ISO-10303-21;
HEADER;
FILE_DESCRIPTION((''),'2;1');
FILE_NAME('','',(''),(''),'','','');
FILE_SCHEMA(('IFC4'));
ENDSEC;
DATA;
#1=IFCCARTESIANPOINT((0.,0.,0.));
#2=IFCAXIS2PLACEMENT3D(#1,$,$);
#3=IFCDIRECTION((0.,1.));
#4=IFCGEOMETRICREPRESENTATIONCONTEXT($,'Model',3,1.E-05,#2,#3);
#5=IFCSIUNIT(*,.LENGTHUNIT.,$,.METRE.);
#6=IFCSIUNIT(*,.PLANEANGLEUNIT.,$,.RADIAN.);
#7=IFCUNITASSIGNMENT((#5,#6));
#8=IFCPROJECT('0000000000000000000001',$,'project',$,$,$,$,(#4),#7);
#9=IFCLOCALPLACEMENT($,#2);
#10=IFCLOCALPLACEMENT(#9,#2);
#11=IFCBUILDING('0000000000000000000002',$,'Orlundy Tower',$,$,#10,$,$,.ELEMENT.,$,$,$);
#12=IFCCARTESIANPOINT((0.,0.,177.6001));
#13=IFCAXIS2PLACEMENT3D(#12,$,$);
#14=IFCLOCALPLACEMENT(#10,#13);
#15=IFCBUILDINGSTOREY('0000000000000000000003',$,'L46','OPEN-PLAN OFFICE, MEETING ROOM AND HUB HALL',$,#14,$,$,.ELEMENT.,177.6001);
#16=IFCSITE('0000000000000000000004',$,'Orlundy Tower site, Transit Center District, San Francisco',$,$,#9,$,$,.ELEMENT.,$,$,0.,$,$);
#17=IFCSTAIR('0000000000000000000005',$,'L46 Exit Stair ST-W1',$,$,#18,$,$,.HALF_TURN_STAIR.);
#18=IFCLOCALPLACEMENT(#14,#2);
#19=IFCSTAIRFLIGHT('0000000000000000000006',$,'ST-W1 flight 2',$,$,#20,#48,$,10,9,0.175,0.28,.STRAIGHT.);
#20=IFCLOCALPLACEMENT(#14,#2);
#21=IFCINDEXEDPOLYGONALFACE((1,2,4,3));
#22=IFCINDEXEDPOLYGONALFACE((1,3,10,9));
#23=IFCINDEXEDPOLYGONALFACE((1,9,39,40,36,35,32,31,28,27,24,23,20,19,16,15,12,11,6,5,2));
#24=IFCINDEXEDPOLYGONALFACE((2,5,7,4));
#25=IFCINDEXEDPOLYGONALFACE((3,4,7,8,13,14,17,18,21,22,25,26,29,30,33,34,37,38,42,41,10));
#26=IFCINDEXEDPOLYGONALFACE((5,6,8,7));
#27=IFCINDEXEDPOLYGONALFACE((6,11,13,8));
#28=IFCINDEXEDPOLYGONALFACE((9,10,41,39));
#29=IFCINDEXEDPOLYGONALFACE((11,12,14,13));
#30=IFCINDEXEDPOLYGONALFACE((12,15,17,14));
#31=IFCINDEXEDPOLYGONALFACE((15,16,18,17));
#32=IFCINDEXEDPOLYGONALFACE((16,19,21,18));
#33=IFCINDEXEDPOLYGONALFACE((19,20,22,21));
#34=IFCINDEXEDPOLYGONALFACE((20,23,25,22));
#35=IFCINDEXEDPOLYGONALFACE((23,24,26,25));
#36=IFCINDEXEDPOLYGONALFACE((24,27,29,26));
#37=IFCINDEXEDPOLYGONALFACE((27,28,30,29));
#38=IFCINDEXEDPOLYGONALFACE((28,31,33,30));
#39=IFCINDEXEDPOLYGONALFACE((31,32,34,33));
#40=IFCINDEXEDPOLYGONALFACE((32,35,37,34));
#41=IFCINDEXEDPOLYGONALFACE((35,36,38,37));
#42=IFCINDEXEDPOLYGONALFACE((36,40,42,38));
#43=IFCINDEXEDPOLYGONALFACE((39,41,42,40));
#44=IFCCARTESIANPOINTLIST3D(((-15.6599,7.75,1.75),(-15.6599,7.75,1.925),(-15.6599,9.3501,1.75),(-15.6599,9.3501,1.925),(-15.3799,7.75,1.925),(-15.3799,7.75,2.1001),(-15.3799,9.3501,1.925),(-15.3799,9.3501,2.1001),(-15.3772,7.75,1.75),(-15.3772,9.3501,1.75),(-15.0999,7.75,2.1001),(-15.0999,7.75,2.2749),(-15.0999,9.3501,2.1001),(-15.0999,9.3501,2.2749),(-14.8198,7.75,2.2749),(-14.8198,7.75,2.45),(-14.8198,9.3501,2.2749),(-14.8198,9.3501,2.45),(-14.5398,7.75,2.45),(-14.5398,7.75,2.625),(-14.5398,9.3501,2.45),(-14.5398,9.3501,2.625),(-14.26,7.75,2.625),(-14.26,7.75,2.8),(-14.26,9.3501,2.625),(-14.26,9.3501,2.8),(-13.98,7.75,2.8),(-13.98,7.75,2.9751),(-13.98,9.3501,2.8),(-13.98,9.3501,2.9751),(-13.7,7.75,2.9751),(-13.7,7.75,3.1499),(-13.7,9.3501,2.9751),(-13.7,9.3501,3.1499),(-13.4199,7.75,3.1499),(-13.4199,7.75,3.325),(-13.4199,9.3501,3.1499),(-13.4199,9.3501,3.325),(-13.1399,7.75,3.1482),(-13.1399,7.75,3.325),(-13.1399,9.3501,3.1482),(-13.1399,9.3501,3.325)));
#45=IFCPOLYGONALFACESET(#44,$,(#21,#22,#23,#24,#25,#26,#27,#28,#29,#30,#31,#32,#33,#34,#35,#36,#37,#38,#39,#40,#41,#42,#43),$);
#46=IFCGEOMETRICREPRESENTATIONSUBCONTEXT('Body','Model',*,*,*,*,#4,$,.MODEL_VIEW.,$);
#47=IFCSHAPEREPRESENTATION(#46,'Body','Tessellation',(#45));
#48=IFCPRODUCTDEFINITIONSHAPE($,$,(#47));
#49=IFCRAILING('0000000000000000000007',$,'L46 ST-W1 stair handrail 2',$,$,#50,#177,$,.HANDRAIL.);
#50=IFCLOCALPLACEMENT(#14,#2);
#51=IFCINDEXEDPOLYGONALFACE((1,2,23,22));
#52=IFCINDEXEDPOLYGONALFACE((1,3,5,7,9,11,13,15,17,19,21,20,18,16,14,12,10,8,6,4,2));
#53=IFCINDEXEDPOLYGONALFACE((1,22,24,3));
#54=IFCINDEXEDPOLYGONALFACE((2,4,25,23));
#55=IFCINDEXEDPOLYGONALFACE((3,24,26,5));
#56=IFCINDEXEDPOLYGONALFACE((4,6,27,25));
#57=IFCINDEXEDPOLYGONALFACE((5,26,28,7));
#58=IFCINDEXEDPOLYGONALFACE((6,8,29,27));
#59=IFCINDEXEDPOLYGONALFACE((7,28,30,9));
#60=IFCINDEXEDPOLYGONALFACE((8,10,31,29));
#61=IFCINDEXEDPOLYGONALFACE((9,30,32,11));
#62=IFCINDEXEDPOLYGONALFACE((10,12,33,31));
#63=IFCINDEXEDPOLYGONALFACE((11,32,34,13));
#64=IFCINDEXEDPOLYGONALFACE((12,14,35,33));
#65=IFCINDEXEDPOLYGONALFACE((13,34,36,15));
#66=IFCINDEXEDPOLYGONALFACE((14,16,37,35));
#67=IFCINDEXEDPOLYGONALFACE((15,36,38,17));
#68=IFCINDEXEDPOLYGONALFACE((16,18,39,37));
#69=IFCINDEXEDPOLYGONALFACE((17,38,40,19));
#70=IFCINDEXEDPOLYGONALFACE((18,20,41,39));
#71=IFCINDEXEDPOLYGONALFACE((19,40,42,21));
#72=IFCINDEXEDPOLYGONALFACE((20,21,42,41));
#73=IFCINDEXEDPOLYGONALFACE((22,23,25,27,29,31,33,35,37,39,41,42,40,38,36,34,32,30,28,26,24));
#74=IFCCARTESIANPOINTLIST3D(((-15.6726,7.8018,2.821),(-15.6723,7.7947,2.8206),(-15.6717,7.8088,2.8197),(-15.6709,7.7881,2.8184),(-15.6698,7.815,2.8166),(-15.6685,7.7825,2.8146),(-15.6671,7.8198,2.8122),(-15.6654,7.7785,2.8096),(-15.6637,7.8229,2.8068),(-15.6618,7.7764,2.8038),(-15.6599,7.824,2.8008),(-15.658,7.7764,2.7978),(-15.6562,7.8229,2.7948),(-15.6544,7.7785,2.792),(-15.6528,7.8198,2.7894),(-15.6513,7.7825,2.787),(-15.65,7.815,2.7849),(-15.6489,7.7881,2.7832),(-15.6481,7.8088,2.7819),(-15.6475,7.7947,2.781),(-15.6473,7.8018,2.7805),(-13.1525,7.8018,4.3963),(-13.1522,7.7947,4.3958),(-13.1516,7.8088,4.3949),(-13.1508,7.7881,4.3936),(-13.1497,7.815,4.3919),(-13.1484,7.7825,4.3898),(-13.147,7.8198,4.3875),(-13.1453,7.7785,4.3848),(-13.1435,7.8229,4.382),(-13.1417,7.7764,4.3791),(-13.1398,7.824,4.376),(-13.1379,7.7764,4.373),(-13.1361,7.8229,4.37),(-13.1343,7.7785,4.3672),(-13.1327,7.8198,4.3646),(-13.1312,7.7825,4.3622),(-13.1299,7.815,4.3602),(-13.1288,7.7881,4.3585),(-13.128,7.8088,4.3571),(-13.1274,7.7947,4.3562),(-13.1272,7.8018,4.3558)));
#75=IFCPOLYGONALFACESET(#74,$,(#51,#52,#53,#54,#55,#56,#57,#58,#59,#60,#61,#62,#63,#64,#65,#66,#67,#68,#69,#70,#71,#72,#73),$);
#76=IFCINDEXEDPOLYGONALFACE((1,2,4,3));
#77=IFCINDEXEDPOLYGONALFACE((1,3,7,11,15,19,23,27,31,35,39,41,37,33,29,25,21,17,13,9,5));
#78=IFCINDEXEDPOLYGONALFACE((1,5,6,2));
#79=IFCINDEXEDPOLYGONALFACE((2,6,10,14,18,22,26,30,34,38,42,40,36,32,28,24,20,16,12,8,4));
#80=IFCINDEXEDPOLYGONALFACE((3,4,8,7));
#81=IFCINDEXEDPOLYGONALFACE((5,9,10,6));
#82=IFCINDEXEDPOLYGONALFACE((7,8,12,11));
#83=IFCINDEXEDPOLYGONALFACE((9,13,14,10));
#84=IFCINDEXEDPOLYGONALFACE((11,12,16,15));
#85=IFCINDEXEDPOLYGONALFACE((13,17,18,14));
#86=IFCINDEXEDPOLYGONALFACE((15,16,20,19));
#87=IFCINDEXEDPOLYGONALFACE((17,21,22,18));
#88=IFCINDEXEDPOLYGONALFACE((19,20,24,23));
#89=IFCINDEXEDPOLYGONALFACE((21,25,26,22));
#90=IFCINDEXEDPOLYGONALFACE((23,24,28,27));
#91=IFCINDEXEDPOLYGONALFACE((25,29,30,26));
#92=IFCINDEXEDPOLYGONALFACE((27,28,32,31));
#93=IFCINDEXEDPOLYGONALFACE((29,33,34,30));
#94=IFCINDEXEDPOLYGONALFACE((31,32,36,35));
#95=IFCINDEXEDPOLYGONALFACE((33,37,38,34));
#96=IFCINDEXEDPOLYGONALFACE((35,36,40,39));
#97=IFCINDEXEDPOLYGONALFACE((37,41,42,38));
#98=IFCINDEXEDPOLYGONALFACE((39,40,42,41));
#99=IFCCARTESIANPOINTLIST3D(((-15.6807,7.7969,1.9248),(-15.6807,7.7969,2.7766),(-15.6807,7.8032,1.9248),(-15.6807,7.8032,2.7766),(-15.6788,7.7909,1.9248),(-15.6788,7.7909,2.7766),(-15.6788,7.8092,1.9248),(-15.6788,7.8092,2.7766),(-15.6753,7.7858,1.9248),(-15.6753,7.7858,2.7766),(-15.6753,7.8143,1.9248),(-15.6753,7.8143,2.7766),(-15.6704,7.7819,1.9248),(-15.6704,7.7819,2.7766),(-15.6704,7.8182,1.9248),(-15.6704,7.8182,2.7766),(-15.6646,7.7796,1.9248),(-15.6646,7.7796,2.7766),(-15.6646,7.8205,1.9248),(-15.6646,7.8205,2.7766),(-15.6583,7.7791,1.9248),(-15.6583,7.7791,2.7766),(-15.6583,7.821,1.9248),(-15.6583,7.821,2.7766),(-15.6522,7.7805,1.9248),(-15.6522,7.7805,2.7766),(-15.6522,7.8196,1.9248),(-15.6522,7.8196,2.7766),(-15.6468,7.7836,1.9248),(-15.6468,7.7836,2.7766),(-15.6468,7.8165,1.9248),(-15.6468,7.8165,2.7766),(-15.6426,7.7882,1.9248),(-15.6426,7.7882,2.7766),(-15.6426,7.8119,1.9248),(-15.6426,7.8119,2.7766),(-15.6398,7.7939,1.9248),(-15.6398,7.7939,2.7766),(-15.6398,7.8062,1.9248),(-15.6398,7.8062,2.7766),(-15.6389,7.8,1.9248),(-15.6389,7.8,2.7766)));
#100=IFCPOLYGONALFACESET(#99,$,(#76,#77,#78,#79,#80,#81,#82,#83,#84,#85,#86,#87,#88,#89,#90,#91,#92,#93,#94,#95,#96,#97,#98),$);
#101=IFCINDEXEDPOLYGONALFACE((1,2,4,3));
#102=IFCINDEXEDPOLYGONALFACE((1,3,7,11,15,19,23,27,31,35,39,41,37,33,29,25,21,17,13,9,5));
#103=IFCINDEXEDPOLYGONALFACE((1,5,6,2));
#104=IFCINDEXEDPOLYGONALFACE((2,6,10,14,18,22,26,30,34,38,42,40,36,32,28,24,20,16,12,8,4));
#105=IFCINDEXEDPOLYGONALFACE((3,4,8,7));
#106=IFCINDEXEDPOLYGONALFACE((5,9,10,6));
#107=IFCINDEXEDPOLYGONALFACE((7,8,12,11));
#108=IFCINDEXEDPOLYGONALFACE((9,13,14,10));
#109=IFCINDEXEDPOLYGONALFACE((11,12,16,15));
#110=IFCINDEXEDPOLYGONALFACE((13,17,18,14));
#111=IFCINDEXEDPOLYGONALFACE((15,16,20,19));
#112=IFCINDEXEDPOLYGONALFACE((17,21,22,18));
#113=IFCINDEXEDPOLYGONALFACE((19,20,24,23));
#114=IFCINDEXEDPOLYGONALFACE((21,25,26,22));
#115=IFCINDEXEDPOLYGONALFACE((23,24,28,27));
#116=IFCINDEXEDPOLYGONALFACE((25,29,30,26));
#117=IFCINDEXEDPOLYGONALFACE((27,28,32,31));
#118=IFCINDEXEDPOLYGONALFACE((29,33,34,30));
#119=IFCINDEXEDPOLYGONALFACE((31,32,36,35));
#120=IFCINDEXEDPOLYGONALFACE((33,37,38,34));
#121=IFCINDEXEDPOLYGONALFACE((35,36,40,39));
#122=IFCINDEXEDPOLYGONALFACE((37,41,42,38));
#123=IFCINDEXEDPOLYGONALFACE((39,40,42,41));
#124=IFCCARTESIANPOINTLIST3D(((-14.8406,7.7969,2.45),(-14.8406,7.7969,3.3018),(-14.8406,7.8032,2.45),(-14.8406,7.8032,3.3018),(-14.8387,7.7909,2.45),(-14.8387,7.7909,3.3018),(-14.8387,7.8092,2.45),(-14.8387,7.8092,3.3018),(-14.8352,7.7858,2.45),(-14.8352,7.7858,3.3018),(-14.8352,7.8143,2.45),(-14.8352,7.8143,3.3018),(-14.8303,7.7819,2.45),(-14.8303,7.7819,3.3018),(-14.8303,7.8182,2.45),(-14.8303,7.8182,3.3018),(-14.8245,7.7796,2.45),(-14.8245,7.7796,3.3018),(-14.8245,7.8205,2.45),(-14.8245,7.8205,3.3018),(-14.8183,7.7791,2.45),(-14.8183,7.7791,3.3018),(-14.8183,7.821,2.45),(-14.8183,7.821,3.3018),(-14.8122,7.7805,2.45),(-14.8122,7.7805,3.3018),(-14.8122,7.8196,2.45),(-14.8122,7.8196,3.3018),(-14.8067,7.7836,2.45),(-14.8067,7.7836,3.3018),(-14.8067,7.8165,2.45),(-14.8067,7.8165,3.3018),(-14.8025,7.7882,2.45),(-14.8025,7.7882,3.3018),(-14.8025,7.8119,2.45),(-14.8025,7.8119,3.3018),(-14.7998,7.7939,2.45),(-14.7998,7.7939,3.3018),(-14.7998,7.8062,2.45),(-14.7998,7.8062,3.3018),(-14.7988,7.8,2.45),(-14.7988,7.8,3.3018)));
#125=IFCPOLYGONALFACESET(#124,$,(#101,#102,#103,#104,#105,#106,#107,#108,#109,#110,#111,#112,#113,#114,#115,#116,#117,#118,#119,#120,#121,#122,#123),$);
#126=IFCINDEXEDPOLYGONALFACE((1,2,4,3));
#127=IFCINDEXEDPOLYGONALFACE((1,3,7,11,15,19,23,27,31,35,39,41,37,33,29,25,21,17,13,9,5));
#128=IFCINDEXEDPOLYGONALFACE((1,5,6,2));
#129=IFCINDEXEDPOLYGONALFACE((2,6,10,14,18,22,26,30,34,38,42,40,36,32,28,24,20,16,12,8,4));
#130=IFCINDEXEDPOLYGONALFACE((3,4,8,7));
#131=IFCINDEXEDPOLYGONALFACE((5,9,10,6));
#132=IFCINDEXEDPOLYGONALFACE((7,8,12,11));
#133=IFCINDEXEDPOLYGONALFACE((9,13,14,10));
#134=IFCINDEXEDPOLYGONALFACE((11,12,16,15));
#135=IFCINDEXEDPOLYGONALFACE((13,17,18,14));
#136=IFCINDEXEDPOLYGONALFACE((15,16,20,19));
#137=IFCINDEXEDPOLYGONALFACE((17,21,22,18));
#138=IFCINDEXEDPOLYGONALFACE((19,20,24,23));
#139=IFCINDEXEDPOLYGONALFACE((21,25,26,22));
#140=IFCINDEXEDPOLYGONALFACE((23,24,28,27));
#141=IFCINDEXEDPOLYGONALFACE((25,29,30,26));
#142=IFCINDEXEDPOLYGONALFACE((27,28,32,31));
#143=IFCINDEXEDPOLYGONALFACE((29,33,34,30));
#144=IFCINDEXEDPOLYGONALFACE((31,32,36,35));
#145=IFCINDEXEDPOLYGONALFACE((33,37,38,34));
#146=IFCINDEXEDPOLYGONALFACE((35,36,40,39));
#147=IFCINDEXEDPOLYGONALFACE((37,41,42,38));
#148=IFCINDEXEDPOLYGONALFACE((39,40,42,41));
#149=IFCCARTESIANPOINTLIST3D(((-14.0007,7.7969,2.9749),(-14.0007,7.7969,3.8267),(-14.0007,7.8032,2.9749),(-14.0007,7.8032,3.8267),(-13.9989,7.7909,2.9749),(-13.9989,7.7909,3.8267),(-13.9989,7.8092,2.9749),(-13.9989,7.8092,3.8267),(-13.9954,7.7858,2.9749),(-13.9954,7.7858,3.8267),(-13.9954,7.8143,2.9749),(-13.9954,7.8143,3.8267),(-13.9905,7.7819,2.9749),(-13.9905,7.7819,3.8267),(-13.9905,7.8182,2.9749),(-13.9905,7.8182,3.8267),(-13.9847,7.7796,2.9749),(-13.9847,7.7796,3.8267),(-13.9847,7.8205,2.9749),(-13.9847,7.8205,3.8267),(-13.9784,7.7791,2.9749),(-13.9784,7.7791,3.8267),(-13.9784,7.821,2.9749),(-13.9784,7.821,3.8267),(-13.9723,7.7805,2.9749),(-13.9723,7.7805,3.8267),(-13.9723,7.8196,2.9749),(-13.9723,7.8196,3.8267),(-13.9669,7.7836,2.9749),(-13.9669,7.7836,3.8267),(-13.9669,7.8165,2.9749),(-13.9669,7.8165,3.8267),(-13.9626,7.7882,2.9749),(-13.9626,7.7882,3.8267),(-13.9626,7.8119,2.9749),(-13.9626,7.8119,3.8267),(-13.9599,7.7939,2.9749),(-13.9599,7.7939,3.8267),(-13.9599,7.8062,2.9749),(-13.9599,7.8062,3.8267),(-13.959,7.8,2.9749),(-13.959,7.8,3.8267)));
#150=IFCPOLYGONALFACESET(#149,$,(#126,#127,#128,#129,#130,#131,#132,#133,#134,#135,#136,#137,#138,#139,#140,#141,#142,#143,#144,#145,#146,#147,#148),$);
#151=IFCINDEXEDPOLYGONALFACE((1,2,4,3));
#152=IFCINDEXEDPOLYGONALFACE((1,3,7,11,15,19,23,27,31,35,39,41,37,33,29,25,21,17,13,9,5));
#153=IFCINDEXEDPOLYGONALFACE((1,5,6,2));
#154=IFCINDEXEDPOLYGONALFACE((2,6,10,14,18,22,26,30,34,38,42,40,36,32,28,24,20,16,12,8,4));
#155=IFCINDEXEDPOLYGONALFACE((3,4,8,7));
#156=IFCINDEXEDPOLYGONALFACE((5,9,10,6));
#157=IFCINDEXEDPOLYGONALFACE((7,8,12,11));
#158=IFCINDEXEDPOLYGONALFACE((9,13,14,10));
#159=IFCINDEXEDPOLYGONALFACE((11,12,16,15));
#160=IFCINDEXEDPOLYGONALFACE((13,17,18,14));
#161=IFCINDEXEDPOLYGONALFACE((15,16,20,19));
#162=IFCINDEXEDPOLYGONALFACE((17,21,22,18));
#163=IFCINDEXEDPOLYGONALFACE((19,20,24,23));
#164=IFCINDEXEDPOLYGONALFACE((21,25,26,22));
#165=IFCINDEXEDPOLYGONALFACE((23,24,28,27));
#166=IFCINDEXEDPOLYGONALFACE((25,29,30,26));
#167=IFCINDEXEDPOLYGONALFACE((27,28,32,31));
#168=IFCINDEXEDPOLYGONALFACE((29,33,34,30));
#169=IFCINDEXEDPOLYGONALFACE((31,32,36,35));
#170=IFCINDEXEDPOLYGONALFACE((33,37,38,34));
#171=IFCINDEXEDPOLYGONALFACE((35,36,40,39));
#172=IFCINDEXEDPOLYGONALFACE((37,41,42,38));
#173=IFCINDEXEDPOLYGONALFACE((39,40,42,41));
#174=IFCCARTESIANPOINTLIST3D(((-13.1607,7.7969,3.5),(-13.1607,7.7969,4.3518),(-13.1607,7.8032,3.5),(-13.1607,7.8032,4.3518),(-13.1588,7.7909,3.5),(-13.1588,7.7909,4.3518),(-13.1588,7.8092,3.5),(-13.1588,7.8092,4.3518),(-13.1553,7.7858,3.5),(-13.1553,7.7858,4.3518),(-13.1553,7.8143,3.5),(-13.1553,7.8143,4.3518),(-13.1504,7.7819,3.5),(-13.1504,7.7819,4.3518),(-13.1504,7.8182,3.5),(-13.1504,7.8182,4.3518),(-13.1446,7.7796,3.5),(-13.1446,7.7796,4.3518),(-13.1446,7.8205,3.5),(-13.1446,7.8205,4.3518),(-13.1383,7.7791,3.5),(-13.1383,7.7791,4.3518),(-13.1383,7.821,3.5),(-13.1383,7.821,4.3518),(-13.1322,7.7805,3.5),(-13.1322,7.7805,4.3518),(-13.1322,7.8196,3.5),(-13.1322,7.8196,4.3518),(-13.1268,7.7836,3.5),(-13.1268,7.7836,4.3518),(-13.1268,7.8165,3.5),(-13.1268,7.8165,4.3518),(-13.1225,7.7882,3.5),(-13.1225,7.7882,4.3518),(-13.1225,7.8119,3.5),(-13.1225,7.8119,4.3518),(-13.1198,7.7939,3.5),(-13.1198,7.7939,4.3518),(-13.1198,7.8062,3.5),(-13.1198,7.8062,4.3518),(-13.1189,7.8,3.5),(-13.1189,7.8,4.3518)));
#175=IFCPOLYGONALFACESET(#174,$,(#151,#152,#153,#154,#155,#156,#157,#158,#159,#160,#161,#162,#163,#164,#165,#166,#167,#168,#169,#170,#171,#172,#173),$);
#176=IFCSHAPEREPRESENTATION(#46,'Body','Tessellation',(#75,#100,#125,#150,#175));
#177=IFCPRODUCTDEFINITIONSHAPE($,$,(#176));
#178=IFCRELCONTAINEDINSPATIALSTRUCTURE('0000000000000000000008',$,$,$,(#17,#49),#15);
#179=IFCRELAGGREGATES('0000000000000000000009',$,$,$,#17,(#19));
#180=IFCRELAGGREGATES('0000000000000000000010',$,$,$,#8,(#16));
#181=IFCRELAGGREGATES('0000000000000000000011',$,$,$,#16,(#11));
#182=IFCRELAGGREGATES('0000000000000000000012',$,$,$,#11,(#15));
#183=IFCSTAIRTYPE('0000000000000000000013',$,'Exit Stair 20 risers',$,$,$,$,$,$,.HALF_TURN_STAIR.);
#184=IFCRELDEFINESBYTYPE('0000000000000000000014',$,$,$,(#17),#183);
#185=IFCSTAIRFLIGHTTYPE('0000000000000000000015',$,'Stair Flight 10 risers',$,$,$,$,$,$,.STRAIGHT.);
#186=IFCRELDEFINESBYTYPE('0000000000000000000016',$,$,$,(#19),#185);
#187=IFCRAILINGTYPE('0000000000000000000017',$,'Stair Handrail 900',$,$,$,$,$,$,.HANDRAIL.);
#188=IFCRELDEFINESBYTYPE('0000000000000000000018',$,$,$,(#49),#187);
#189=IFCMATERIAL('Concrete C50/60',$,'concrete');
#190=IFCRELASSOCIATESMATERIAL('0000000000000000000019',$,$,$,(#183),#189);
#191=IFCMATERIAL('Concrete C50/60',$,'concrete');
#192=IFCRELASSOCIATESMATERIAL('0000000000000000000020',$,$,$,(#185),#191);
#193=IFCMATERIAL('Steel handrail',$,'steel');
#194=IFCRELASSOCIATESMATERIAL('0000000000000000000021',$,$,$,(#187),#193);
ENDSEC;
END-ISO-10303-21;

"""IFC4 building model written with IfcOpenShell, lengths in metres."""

from ifc_helpers import new_model, si_unit, direction, frame, origin, origin_2d, place, context, subcontext, project, spatial, polyline, circle, outline, extrude, material, type_object, element, aggregate, save


model = new_model("IFC4")

# Units and contexts
model_context = context("Model", 3, precision=1e-05, world=origin(), true_north=direction((0.0, 1.0)))
body_context = subcontext(model_context, "Body", "Model", "MODEL_VIEW")
ifc_project = project(units=[si_unit("LENGTHUNIT", "METRE"), si_unit("PLANEANGLEUNIT", "RADIAN")], contexts=[model_context])

# Site, building, storey
site_placement = place(None, origin())
site = spatial("IfcSite", under=ifc_project, at=site_placement, Name="Orlundy Tower site, Transit Center District, San Francisco", CompositionType="ELEMENT", RefElevation=0.0)
building_placement = place(site_placement, origin())
building = spatial("IfcBuilding", under=site, at=building_placement, Name="Orlundy Tower", CompositionType="ELEMENT")
storey_placement = place(building_placement, frame((0.0, 0.0, 177.6001)))
storey = spatial("IfcBuildingStorey", under=building, at=storey_placement, Name="L46", Description="OPEN-PLAN OFFICE, MEETING ROOM AND HUB HALL", CompositionType="ELEMENT", Elevation=177.6001)

# Stair, stair flight
ifc_material_1 = material(Name="Concrete C50/60", Category="concrete")
stair_type = type_object("IfcStairType", Name="Exit Stair 20 risers", PredefinedType="HALF_TURN_STAIR", material=ifc_material_1)
stair_placement = place(storey_placement, origin())
stair = element("IfcStair", 1, at=stair_placement, inside=storey, type_object=stair_type, Name="L46 Exit Stair ST-W1", PredefinedType="HALF_TURN_STAIR")
ifc_material_2 = material(Name="Concrete C50/60", Category="concrete")
stair_flight_type = type_object("IfcStairFlightType", Name="Stair Flight 10 risers", PredefinedType="STRAIGHT", material=ifc_material_2)
stair_flight_placement = place(storey_placement, frame((-15.6599, 8.55, 1.75), z_axis=(0.0, 0.0, 1.0), x_axis=(1.0, 0.0, 0.0)))
stair_flight = element("IfcStairFlight", 2, at=stair_flight_placement, type_object=stair_flight_type, Name="ST-W1 flight 2", NumberOfRisers=10, NumberOfTreads=9, PredefinedType="STRAIGHT", RiserHeight=0.175, TreadLength=0.28, context=body_context, shape_type="SweptSolid", body=[
    extrude(outline(polyline([(0.0, 0.0), (0.0, 0.175), (0.28, 0.175), (0.28, 0.3501), (0.5601, 0.3501), (0.5601, 0.5249), (0.8401, 0.5249), (0.8401, 0.7), (1.1201, 0.7), (1.1201, 0.875), (1.3999, 0.875), (1.3999, 1.05), (1.6799, 1.05), (1.6799, 1.2251), (1.96, 1.2251), (1.96, 1.3999), (2.24, 1.3999), (2.24, 1.575), (2.52, 1.575), (2.52, 1.75), (2.52, 1.3982), (0.2827, 0.0), (0.0, 0.0)])), frame((0.0, 0.8, 0.0), z_axis=(0.0, -1.0, 0.0), x_axis=(1.0, 0.0, 0.0)), (0.0, 0.0, 1.0), 1.6001),
])
aggregate(stair, [stair_flight])

# Railing
ifc_material_3 = material(Name="Steel handrail", Category="steel")
railing_type = type_object("IfcRailingType", Name="Stair Handrail 900", PredefinedType="HANDRAIL", material=ifc_material_3)
railing_placement = place(storey_placement, frame((-15.6599, 7.8, 1.9248)))
element("IfcRailing", 3, at=railing_placement, inside=storey, type_object=railing_type, Name="L46 ST-W1 stair handrail 2", PredefinedType="HANDRAIL", context=body_context, shape_type="SweptSolid", body=[
    extrude(circle(Radius=0.0239, at=origin_2d()), frame((0.0, 0.0, 0.876), z_axis=(0.847971, 0.0, 0.530043), x_axis=(0.0, 1.0, 0.0)), (0.0, 0.0, 1.0), 2.9719),
    extrude(circle(Radius=0.021, at=origin_2d()), origin(), (0.0, 0.0, 1.0), 0.8518),
    extrude(circle(Radius=0.021, at=origin_2d()), frame((0.8401, 0.0, 0.5251)), (0.0, 0.0, 1.0), 0.8518),
    extrude(circle(Radius=0.021, at=origin_2d()), frame((1.6799, 0.0, 1.05)), (0.0, 0.0, 1.0), 0.8518),
    extrude(circle(Radius=0.021, at=origin_2d()), frame((2.52, 0.0, 1.5752)), (0.0, 0.0, 1.0), 0.8518),
])

save(model, "model.ifc")
